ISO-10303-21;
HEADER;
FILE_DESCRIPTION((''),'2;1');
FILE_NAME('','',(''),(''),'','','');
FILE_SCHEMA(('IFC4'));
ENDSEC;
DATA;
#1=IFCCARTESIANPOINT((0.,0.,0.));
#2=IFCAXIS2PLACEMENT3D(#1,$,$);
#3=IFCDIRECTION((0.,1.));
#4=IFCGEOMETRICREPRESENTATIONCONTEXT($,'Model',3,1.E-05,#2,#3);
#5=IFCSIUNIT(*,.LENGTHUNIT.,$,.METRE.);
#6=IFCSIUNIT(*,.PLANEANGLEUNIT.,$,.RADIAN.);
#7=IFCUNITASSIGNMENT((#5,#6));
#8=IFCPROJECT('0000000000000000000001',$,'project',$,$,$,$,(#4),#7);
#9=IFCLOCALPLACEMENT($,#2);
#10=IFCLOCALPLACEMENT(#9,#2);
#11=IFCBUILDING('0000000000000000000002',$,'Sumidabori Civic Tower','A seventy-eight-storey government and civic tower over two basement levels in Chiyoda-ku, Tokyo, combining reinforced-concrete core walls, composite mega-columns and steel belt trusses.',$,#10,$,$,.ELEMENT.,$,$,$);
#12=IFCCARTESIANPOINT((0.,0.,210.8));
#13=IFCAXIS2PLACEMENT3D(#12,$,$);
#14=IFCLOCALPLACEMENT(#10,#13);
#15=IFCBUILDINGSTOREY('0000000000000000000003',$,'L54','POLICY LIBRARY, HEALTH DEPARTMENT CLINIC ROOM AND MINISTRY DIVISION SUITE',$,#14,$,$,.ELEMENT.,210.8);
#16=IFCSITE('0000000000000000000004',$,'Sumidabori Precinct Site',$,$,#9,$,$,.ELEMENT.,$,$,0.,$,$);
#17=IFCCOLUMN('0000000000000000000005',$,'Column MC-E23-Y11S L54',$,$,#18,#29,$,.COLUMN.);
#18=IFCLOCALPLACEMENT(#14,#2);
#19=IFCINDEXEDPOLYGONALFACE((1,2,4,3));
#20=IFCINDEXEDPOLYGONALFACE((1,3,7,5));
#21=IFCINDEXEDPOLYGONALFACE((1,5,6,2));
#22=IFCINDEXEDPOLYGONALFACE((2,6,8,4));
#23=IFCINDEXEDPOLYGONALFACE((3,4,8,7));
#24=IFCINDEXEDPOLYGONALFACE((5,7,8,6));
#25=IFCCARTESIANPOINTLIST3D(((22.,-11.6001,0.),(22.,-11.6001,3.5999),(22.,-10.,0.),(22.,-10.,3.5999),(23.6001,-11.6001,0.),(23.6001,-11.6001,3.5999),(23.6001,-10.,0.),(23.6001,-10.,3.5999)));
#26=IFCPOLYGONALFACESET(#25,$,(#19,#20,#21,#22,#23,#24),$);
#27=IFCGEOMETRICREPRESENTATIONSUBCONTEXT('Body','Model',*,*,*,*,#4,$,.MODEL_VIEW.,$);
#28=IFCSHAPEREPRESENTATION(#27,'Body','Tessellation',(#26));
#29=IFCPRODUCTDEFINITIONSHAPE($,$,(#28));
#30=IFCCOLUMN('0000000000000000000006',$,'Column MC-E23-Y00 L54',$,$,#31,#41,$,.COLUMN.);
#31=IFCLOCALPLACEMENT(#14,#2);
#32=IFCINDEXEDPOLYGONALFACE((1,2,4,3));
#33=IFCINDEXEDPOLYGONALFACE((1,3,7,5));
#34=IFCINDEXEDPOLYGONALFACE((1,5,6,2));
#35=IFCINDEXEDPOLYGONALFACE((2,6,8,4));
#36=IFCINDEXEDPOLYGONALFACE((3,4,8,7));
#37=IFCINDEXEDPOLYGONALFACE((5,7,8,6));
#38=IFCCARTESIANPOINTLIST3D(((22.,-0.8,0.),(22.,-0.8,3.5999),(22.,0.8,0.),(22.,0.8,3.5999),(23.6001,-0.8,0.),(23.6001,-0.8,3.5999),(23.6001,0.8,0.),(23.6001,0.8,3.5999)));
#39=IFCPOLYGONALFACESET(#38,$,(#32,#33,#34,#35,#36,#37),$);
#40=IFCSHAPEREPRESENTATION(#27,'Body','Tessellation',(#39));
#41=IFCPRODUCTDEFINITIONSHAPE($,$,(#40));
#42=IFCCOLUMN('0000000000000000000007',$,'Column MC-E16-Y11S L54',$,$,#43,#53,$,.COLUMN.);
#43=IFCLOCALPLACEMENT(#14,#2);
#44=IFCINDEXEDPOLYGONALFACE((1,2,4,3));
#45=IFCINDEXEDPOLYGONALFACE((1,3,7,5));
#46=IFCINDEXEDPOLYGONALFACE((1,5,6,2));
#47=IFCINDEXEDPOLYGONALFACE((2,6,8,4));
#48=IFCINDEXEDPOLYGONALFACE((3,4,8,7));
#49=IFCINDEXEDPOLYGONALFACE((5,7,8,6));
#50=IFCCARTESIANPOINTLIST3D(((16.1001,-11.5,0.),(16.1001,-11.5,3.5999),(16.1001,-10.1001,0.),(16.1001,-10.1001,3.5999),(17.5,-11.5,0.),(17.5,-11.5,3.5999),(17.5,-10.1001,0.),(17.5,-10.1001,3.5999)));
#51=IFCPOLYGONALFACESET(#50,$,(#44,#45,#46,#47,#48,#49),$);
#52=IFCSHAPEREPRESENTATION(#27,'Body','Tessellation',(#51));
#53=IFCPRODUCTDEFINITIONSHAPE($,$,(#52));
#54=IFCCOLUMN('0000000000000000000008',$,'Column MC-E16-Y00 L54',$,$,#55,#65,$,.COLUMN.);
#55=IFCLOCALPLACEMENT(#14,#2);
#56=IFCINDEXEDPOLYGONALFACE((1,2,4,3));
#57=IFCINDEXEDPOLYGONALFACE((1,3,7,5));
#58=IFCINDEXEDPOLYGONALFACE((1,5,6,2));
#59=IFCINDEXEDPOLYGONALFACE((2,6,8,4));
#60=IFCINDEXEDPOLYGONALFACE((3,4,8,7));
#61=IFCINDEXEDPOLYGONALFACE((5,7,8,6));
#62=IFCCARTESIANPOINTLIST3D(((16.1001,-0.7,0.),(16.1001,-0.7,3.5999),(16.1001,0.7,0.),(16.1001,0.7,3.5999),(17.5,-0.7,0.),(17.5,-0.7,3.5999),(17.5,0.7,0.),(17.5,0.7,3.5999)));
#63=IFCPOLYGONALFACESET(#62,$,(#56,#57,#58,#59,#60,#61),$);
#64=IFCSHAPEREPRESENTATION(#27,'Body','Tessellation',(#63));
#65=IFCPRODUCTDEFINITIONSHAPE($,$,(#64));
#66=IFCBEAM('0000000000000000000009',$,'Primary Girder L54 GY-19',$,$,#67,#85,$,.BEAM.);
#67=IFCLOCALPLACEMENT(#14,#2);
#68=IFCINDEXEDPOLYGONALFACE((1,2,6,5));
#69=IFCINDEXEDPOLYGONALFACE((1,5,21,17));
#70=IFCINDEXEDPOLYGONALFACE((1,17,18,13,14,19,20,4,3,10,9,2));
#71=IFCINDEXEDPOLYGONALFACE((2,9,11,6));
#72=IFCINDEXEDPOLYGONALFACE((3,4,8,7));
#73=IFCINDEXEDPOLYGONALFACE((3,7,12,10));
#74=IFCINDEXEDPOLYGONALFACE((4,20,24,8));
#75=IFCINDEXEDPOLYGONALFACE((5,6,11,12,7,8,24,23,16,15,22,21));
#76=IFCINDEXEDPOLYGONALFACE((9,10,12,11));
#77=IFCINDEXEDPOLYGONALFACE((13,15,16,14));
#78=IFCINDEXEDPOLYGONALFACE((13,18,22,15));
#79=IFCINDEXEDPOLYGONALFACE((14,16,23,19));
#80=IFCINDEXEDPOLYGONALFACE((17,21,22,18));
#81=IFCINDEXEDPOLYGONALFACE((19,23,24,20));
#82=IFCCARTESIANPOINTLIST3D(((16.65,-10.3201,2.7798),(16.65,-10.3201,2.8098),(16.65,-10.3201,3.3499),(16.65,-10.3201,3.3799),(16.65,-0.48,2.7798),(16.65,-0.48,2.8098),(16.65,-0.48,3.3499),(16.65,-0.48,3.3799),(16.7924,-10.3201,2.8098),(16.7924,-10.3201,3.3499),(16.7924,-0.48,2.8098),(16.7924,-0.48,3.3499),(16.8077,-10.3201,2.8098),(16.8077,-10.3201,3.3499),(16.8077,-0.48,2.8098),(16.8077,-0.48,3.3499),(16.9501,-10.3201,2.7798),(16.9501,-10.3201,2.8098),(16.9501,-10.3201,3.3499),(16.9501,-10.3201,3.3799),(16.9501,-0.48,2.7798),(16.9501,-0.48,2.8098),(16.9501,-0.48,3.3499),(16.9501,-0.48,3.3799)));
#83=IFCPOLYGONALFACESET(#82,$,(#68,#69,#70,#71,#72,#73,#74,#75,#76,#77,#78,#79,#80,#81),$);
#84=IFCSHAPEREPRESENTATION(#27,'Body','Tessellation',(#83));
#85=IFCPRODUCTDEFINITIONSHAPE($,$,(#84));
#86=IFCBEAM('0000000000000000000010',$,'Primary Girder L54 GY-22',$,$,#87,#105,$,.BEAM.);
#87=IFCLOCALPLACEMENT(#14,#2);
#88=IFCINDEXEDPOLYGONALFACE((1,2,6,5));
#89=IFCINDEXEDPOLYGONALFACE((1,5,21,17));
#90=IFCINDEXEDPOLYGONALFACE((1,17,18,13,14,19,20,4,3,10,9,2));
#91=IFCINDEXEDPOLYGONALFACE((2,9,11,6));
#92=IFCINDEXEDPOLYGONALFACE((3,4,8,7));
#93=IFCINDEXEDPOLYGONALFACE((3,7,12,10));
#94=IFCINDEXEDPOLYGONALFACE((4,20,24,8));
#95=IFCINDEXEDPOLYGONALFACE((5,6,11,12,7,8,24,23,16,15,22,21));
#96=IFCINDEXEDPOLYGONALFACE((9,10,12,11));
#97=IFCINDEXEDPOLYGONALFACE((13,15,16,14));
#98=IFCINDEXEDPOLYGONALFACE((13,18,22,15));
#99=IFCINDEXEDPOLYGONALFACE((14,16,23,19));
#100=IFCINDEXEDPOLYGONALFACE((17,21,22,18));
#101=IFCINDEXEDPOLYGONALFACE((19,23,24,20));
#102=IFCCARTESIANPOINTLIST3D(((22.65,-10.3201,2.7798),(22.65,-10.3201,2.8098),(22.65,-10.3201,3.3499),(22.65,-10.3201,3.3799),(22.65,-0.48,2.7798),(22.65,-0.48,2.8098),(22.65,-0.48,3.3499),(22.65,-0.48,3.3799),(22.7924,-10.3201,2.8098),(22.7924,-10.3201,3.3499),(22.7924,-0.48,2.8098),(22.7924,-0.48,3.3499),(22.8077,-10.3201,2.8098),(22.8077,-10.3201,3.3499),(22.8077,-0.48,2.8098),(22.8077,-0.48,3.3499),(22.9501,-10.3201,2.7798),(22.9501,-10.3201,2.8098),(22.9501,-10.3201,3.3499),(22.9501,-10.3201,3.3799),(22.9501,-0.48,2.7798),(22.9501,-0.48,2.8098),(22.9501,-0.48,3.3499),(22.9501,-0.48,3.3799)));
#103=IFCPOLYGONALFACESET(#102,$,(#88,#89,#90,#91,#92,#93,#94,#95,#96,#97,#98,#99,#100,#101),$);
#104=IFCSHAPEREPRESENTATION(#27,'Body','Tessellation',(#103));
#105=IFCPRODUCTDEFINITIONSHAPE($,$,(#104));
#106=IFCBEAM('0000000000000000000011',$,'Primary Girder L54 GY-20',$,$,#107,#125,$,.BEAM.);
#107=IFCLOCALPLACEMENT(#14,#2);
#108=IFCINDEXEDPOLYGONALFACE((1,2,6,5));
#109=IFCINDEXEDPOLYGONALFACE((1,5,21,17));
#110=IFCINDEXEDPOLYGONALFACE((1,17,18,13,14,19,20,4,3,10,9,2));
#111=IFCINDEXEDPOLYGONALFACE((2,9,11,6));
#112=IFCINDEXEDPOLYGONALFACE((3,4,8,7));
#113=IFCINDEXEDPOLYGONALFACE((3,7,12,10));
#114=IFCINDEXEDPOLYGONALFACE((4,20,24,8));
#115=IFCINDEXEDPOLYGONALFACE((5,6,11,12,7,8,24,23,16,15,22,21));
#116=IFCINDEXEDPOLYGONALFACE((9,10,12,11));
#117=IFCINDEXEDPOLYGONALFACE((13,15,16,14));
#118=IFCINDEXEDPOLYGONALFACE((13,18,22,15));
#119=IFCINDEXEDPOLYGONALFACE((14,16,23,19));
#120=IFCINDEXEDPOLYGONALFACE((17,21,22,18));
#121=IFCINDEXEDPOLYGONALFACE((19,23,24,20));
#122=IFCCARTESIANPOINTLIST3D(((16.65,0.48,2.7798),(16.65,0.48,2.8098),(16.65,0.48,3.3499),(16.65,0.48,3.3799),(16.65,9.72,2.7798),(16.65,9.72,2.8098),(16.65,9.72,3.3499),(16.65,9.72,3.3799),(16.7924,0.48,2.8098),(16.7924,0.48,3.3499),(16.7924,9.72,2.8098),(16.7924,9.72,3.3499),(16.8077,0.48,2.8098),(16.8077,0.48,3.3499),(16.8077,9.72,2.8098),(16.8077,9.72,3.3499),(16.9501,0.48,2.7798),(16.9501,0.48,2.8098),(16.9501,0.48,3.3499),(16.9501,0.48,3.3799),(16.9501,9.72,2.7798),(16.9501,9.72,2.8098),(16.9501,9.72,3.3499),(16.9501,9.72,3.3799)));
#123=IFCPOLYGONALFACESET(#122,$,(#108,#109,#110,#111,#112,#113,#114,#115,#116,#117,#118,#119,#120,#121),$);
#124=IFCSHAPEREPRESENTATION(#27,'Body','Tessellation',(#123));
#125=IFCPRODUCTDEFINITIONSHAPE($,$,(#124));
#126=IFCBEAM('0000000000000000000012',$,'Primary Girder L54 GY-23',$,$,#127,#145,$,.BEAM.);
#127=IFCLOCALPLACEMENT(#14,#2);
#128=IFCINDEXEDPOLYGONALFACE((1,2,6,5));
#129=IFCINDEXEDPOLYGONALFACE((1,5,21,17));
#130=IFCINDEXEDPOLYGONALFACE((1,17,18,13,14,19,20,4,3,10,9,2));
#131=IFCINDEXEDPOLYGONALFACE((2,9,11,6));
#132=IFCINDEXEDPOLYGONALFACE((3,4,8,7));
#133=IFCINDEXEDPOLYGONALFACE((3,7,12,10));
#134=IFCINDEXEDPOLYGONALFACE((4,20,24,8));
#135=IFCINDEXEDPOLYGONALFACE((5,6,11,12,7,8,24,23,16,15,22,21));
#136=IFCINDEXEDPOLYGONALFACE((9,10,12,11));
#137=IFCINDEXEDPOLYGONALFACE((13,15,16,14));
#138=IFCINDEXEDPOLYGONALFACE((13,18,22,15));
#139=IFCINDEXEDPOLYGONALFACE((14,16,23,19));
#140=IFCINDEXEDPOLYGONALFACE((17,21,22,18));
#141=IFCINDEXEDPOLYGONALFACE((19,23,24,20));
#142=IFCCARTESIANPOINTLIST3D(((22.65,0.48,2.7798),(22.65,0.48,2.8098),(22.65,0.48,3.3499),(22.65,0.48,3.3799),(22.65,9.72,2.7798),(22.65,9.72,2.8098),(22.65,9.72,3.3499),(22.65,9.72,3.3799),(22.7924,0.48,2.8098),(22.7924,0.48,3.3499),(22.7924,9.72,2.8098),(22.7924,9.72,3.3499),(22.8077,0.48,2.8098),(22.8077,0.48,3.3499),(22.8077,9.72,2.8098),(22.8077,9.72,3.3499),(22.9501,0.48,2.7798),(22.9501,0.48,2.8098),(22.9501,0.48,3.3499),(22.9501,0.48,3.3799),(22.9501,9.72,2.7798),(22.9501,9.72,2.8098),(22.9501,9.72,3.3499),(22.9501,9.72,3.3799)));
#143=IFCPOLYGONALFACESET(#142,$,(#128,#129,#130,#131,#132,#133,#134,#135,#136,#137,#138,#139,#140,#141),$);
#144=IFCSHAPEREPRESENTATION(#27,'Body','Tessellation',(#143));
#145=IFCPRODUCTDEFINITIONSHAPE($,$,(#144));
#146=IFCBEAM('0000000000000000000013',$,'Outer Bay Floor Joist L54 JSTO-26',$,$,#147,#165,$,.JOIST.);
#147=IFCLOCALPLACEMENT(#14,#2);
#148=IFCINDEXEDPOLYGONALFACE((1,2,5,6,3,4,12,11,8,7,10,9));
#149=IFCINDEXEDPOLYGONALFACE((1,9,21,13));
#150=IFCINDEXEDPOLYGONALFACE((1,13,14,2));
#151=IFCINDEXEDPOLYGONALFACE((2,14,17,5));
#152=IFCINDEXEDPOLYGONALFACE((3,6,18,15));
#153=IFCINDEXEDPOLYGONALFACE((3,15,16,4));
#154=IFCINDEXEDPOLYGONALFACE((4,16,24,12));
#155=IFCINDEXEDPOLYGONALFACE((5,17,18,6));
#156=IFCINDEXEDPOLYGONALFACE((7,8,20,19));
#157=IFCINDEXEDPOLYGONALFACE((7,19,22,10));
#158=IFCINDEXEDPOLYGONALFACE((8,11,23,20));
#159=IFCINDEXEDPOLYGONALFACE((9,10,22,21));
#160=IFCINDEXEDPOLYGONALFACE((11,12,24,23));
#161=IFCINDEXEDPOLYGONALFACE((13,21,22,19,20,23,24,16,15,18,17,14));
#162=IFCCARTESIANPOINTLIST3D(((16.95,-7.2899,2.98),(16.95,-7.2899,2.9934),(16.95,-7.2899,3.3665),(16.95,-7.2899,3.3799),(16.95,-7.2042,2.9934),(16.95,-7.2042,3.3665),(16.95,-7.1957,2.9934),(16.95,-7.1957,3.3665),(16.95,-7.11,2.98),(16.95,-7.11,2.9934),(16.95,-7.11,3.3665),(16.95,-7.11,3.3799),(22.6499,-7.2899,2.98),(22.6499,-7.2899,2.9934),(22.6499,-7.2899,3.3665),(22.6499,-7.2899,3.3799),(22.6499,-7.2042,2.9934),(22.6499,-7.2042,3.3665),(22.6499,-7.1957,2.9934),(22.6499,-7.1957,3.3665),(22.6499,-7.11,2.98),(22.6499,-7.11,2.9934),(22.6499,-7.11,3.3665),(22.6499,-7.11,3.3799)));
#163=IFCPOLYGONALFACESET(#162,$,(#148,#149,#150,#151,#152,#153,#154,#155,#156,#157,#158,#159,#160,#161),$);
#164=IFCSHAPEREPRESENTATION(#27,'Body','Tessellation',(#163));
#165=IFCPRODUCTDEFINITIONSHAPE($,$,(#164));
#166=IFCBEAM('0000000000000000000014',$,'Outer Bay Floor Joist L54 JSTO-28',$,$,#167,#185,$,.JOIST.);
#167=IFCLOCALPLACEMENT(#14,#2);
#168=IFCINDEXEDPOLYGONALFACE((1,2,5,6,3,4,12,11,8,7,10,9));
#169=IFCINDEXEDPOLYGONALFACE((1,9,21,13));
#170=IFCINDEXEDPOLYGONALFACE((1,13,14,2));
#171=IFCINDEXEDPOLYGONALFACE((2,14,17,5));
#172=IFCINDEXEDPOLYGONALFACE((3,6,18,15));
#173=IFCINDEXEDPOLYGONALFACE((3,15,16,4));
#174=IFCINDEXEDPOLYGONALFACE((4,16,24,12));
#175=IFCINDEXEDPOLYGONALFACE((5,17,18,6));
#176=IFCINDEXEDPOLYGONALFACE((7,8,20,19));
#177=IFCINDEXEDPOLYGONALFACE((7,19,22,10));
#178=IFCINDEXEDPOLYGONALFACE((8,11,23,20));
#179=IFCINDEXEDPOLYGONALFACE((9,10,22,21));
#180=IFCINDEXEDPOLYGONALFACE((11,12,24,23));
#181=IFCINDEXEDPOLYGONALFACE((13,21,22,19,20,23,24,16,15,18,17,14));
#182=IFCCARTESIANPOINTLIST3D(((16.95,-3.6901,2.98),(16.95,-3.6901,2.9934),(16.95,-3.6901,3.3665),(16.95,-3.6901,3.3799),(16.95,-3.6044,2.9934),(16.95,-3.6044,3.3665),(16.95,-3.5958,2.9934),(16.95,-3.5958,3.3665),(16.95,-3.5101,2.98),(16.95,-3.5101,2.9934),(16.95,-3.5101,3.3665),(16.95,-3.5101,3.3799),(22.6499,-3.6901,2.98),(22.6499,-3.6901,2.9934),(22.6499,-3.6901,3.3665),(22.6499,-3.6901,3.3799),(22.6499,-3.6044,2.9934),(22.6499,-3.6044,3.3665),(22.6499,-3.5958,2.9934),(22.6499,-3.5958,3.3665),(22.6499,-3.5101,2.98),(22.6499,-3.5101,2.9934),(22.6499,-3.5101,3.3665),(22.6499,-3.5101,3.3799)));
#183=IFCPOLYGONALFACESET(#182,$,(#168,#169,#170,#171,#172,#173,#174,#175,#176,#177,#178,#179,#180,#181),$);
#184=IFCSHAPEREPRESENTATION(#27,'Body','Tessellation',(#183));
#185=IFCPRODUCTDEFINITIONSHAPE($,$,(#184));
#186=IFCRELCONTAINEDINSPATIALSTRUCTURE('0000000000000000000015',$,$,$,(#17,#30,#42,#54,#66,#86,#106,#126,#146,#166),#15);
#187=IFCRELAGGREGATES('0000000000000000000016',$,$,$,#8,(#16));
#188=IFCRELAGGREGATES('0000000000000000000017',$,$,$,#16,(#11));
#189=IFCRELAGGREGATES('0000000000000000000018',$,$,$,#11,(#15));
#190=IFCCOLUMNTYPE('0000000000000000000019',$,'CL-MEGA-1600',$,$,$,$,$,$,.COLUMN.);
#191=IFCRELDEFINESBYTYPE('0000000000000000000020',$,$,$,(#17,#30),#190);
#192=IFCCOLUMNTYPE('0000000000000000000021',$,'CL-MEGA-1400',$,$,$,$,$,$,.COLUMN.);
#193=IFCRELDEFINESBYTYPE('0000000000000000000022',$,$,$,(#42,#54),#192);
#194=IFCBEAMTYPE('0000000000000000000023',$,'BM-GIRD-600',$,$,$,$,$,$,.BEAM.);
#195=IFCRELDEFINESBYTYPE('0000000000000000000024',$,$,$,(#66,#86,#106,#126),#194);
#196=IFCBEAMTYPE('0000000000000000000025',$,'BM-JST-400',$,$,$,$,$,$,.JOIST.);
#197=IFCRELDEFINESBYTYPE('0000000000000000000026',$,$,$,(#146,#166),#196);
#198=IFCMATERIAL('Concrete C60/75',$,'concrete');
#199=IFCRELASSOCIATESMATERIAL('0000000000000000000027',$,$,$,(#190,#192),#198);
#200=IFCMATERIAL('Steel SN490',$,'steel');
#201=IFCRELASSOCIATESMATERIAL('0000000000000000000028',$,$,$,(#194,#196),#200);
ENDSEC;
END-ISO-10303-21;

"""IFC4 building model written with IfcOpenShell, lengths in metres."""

from ifc_helpers import new_model, si_unit, direction, frame, origin, origin_2d, place, context, subcontext, project, spatial, rectangle, i_section, extrude, source, transform, mapped, material, material_profile, profile_set, type_object, element, save


model = new_model("IFC4")

# Units and contexts
model_context = context("Model", 3, precision=1e-05, world=origin(), true_north=direction((0.0, 1.0)))
body_context = subcontext(model_context, "Body", "Model", "MODEL_VIEW")
ifc_project = project(units=[si_unit("LENGTHUNIT", "METRE"), si_unit("PLANEANGLEUNIT", "RADIAN")], contexts=[model_context])

# Site, building, storey
site_placement = place(None, origin())
site = spatial("IfcSite", under=ifc_project, at=site_placement, Name="Sumidabori Precinct Site", CompositionType="ELEMENT", RefElevation=0.0)
building_placement = place(site_placement, origin())
building = spatial("IfcBuilding", under=site, at=building_placement, Name="Sumidabori Civic Tower", Description="A seventy-eight-storey government and civic tower over two basement levels in Chiyoda-ku, Tokyo, combining reinforced-concrete core walls, composite mega-columns and steel belt trusses.", CompositionType="ELEMENT")
storey_placement = place(building_placement, frame((0.0, 0.0, 210.8)))
storey = spatial("IfcBuildingStorey", under=building, at=storey_placement, Name="L54", Description="POLICY LIBRARY, HEALTH DEPARTMENT CLINIC ROOM AND MINISTRY DIVISION SUITE", CompositionType="ELEMENT", Elevation=210.8)

# Columns
ifc_material_1 = material(Name="Concrete C60/75", Category="concrete")
ifc_material_profile_1 = material_profile(ifc_material_1, rectangle(XDim=1.6001, YDim=1.6001, at=origin_2d()), Name="RC 1600x1600")
ifc_profile_set_1 = profile_set([ifc_material_profile_1], Name="Concrete C60/75")
column_type_1 = type_object("IfcColumnType", Name="CL-MEGA-1600", PredefinedType="COLUMN", material=ifc_profile_set_1)
shared_shape_1 = source(origin(), body_context, "Body", "SweptSolid", [
    extrude(rectangle(XDim=1.6001, YDim=1.6001, at=origin_2d()), origin(), (0.0, 0.0, 1.0), 3.5999),
])
for number, where, z_axis, x_axis, name in (
    (1, (22.8, -10.8, 0.0), (0.0, 0.0, 1.0), (1.0, 0.0, 0.0), "Column MC-E23-Y11S L54"),
    (2, (22.8, 0.0, 0.0), (0.0, 0.0, 1.0), (1.0, 0.0, 0.0), "Column MC-E23-Y00 L54"),
):
    element("IfcColumn", number, at=place(storey_placement, frame(where, z_axis=z_axis, x_axis=x_axis)), inside=storey, type_object=column_type_1, Name=name, PredefinedType="COLUMN", context=body_context, shape_type="MappedRepresentation", body=[
        mapped(shared_shape_1, transform((0.0, 0.0, 0.0), x_axis=(1.0, 0.0, 0.0), y_axis=(0.0, 1.0, 0.0), z_axis=(0.0, 0.0, 1.0), scale=1.0)),
    ])
ifc_material_profile_2 = material_profile(ifc_material_1, rectangle(XDim=1.3999, YDim=1.3999, at=origin_2d()), Name="RC 1400x1400")
ifc_profile_set_2 = profile_set([ifc_material_profile_2], Name="Concrete C60/75")
column_type_2 = type_object("IfcColumnType", Name="CL-MEGA-1400", PredefinedType="COLUMN", material=ifc_profile_set_2)
shared_shape_2 = source(origin(), body_context, "Body", "SweptSolid", [
    extrude(rectangle(XDim=1.3999, YDim=1.3999, at=origin_2d()), origin(), (0.0, 0.0, 1.0), 3.5999),
])
for number, where, z_axis, x_axis, name in (
    (3, (16.8, -10.8, 0.0), (0.0, 0.0, 1.0), (1.0, 0.0, 0.0), "Column MC-E16-Y11S L54"),
    (4, (16.8, 0.0, 0.0), (0.0, 0.0, 1.0), (1.0, 0.0, 0.0), "Column MC-E16-Y00 L54"),
):
    element("IfcColumn", number, at=place(storey_placement, frame(where, z_axis=z_axis, x_axis=x_axis)), inside=storey, type_object=column_type_2, Name=name, PredefinedType="COLUMN", context=body_context, shape_type="MappedRepresentation", body=[
        mapped(shared_shape_2, transform((0.0, 0.0, 0.0), x_axis=(1.0, 0.0, 0.0), y_axis=(0.0, 1.0, 0.0), z_axis=(0.0, 0.0, 1.0), scale=1.0)),
    ])

# Beams
ifc_material_2 = material(Name="Steel SN490", Category="steel")
ifc_material_profile_3 = material_profile(ifc_material_2, i_section(OverallWidth=0.3, OverallDepth=0.6001, WebThickness=0.0154, FlangeThickness=0.03, at=origin_2d()), Name="HE 600 B")
ifc_profile_set_3 = profile_set([ifc_material_profile_3], Name="Steel SN490")
beam_type_1 = type_object("IfcBeamType", Name="BM-GIRD-600", PredefinedType="BEAM", material=ifc_profile_set_3)
shared_shape_3 = source(origin(), body_context, "Body", "SweptSolid", [
    extrude(i_section(OverallWidth=0.3, OverallDepth=0.6001, WebThickness=0.0154, FlangeThickness=0.03, at=origin_2d()), origin(), (0.0, 0.0, 1.0), 9.8401),
])
for number, where, z_axis, x_axis, name in (
    (5, (16.8, -10.3201, 3.0798), (0.0, 1.0, 0.0), (-1.0, 0.0, 0.0), "Primary Girder L54 GY-19"),
    (6, (22.8, -10.3201, 3.0798), (0.0, 1.0, 0.0), (-1.0, 0.0, 0.0), "Primary Girder L54 GY-22"),
):
    element("IfcBeam", number, at=place(storey_placement, frame(where, z_axis=z_axis, x_axis=x_axis)), inside=storey, type_object=beam_type_1, Name=name, PredefinedType="BEAM", context=body_context, shape_type="MappedRepresentation", body=[
        mapped(shared_shape_3, transform((0.0, 0.0, 0.0), x_axis=(1.0, 0.0, 0.0), y_axis=(0.0, 1.0, 0.0), z_axis=(0.0, 0.0, 1.0), scale=1.0)),
    ])
shared_shape_4 = source(origin(), body_context, "Body", "SweptSolid", [
    extrude(i_section(OverallWidth=0.3, OverallDepth=0.6001, WebThickness=0.0154, FlangeThickness=0.03, at=origin_2d()), origin(), (0.0, 0.0, 1.0), 9.24),
])
for number, where, z_axis, x_axis, name in (
    (7, (16.8, 0.48, 3.0798), (0.0, 1.0, 0.0), (-1.0, 0.0, 0.0), "Primary Girder L54 GY-20"),
    (8, (22.8, 0.48, 3.0798), (0.0, 1.0, 0.0), (-1.0, 0.0, 0.0), "Primary Girder L54 GY-23"),
):
    element("IfcBeam", number, at=place(storey_placement, frame(where, z_axis=z_axis, x_axis=x_axis)), inside=storey, type_object=beam_type_1, Name=name, PredefinedType="BEAM", context=body_context, shape_type="MappedRepresentation", body=[
        mapped(shared_shape_4, transform((0.0, 0.0, 0.0), x_axis=(1.0, 0.0, 0.0), y_axis=(0.0, 1.0, 0.0), z_axis=(0.0, 0.0, 1.0), scale=1.0)),
    ])
ifc_material_profile_4 = material_profile(ifc_material_2, i_section(OverallWidth=0.1799, OverallDepth=0.3999, WebThickness=0.0085, FlangeThickness=0.0134, at=origin_2d()), Name="IPE 400")
ifc_profile_set_4 = profile_set([ifc_material_profile_4], Name="Steel SN490")
beam_type_2 = type_object("IfcBeamType", Name="BM-JST-400", PredefinedType="JOIST", material=ifc_profile_set_4)
shared_shape_5 = source(origin(), body_context, "Body", "SweptSolid", [
    extrude(i_section(OverallWidth=0.1799, OverallDepth=0.3999, WebThickness=0.0085, FlangeThickness=0.0134, at=origin_2d()), origin(), (0.0, 0.0, 1.0), 5.7),
])
for number, where, z_axis, x_axis, name in (
    (9, (16.95, -7.2, 3.1799), (1.0, 0.0, 0.0), (0.0, 1.0, 0.0), "Outer Bay Floor Joist L54 JSTO-26"),
    (10, (16.95, -3.6001, 3.1799), (1.0, 0.0, 0.0), (0.0, 1.0, 0.0), "Outer Bay Floor Joist L54 JSTO-28"),
):
    element("IfcBeam", number, at=place(storey_placement, frame(where, z_axis=z_axis, x_axis=x_axis)), inside=storey, type_object=beam_type_2, Name=name, PredefinedType="JOIST", context=body_context, shape_type="MappedRepresentation", body=[
        mapped(shared_shape_5, transform((0.0, 0.0, 0.0), x_axis=(1.0, 0.0, 0.0), y_axis=(0.0, 1.0, 0.0), z_axis=(0.0, 0.0, 1.0), scale=1.0)),
    ])

save(model, "model.ifc")
